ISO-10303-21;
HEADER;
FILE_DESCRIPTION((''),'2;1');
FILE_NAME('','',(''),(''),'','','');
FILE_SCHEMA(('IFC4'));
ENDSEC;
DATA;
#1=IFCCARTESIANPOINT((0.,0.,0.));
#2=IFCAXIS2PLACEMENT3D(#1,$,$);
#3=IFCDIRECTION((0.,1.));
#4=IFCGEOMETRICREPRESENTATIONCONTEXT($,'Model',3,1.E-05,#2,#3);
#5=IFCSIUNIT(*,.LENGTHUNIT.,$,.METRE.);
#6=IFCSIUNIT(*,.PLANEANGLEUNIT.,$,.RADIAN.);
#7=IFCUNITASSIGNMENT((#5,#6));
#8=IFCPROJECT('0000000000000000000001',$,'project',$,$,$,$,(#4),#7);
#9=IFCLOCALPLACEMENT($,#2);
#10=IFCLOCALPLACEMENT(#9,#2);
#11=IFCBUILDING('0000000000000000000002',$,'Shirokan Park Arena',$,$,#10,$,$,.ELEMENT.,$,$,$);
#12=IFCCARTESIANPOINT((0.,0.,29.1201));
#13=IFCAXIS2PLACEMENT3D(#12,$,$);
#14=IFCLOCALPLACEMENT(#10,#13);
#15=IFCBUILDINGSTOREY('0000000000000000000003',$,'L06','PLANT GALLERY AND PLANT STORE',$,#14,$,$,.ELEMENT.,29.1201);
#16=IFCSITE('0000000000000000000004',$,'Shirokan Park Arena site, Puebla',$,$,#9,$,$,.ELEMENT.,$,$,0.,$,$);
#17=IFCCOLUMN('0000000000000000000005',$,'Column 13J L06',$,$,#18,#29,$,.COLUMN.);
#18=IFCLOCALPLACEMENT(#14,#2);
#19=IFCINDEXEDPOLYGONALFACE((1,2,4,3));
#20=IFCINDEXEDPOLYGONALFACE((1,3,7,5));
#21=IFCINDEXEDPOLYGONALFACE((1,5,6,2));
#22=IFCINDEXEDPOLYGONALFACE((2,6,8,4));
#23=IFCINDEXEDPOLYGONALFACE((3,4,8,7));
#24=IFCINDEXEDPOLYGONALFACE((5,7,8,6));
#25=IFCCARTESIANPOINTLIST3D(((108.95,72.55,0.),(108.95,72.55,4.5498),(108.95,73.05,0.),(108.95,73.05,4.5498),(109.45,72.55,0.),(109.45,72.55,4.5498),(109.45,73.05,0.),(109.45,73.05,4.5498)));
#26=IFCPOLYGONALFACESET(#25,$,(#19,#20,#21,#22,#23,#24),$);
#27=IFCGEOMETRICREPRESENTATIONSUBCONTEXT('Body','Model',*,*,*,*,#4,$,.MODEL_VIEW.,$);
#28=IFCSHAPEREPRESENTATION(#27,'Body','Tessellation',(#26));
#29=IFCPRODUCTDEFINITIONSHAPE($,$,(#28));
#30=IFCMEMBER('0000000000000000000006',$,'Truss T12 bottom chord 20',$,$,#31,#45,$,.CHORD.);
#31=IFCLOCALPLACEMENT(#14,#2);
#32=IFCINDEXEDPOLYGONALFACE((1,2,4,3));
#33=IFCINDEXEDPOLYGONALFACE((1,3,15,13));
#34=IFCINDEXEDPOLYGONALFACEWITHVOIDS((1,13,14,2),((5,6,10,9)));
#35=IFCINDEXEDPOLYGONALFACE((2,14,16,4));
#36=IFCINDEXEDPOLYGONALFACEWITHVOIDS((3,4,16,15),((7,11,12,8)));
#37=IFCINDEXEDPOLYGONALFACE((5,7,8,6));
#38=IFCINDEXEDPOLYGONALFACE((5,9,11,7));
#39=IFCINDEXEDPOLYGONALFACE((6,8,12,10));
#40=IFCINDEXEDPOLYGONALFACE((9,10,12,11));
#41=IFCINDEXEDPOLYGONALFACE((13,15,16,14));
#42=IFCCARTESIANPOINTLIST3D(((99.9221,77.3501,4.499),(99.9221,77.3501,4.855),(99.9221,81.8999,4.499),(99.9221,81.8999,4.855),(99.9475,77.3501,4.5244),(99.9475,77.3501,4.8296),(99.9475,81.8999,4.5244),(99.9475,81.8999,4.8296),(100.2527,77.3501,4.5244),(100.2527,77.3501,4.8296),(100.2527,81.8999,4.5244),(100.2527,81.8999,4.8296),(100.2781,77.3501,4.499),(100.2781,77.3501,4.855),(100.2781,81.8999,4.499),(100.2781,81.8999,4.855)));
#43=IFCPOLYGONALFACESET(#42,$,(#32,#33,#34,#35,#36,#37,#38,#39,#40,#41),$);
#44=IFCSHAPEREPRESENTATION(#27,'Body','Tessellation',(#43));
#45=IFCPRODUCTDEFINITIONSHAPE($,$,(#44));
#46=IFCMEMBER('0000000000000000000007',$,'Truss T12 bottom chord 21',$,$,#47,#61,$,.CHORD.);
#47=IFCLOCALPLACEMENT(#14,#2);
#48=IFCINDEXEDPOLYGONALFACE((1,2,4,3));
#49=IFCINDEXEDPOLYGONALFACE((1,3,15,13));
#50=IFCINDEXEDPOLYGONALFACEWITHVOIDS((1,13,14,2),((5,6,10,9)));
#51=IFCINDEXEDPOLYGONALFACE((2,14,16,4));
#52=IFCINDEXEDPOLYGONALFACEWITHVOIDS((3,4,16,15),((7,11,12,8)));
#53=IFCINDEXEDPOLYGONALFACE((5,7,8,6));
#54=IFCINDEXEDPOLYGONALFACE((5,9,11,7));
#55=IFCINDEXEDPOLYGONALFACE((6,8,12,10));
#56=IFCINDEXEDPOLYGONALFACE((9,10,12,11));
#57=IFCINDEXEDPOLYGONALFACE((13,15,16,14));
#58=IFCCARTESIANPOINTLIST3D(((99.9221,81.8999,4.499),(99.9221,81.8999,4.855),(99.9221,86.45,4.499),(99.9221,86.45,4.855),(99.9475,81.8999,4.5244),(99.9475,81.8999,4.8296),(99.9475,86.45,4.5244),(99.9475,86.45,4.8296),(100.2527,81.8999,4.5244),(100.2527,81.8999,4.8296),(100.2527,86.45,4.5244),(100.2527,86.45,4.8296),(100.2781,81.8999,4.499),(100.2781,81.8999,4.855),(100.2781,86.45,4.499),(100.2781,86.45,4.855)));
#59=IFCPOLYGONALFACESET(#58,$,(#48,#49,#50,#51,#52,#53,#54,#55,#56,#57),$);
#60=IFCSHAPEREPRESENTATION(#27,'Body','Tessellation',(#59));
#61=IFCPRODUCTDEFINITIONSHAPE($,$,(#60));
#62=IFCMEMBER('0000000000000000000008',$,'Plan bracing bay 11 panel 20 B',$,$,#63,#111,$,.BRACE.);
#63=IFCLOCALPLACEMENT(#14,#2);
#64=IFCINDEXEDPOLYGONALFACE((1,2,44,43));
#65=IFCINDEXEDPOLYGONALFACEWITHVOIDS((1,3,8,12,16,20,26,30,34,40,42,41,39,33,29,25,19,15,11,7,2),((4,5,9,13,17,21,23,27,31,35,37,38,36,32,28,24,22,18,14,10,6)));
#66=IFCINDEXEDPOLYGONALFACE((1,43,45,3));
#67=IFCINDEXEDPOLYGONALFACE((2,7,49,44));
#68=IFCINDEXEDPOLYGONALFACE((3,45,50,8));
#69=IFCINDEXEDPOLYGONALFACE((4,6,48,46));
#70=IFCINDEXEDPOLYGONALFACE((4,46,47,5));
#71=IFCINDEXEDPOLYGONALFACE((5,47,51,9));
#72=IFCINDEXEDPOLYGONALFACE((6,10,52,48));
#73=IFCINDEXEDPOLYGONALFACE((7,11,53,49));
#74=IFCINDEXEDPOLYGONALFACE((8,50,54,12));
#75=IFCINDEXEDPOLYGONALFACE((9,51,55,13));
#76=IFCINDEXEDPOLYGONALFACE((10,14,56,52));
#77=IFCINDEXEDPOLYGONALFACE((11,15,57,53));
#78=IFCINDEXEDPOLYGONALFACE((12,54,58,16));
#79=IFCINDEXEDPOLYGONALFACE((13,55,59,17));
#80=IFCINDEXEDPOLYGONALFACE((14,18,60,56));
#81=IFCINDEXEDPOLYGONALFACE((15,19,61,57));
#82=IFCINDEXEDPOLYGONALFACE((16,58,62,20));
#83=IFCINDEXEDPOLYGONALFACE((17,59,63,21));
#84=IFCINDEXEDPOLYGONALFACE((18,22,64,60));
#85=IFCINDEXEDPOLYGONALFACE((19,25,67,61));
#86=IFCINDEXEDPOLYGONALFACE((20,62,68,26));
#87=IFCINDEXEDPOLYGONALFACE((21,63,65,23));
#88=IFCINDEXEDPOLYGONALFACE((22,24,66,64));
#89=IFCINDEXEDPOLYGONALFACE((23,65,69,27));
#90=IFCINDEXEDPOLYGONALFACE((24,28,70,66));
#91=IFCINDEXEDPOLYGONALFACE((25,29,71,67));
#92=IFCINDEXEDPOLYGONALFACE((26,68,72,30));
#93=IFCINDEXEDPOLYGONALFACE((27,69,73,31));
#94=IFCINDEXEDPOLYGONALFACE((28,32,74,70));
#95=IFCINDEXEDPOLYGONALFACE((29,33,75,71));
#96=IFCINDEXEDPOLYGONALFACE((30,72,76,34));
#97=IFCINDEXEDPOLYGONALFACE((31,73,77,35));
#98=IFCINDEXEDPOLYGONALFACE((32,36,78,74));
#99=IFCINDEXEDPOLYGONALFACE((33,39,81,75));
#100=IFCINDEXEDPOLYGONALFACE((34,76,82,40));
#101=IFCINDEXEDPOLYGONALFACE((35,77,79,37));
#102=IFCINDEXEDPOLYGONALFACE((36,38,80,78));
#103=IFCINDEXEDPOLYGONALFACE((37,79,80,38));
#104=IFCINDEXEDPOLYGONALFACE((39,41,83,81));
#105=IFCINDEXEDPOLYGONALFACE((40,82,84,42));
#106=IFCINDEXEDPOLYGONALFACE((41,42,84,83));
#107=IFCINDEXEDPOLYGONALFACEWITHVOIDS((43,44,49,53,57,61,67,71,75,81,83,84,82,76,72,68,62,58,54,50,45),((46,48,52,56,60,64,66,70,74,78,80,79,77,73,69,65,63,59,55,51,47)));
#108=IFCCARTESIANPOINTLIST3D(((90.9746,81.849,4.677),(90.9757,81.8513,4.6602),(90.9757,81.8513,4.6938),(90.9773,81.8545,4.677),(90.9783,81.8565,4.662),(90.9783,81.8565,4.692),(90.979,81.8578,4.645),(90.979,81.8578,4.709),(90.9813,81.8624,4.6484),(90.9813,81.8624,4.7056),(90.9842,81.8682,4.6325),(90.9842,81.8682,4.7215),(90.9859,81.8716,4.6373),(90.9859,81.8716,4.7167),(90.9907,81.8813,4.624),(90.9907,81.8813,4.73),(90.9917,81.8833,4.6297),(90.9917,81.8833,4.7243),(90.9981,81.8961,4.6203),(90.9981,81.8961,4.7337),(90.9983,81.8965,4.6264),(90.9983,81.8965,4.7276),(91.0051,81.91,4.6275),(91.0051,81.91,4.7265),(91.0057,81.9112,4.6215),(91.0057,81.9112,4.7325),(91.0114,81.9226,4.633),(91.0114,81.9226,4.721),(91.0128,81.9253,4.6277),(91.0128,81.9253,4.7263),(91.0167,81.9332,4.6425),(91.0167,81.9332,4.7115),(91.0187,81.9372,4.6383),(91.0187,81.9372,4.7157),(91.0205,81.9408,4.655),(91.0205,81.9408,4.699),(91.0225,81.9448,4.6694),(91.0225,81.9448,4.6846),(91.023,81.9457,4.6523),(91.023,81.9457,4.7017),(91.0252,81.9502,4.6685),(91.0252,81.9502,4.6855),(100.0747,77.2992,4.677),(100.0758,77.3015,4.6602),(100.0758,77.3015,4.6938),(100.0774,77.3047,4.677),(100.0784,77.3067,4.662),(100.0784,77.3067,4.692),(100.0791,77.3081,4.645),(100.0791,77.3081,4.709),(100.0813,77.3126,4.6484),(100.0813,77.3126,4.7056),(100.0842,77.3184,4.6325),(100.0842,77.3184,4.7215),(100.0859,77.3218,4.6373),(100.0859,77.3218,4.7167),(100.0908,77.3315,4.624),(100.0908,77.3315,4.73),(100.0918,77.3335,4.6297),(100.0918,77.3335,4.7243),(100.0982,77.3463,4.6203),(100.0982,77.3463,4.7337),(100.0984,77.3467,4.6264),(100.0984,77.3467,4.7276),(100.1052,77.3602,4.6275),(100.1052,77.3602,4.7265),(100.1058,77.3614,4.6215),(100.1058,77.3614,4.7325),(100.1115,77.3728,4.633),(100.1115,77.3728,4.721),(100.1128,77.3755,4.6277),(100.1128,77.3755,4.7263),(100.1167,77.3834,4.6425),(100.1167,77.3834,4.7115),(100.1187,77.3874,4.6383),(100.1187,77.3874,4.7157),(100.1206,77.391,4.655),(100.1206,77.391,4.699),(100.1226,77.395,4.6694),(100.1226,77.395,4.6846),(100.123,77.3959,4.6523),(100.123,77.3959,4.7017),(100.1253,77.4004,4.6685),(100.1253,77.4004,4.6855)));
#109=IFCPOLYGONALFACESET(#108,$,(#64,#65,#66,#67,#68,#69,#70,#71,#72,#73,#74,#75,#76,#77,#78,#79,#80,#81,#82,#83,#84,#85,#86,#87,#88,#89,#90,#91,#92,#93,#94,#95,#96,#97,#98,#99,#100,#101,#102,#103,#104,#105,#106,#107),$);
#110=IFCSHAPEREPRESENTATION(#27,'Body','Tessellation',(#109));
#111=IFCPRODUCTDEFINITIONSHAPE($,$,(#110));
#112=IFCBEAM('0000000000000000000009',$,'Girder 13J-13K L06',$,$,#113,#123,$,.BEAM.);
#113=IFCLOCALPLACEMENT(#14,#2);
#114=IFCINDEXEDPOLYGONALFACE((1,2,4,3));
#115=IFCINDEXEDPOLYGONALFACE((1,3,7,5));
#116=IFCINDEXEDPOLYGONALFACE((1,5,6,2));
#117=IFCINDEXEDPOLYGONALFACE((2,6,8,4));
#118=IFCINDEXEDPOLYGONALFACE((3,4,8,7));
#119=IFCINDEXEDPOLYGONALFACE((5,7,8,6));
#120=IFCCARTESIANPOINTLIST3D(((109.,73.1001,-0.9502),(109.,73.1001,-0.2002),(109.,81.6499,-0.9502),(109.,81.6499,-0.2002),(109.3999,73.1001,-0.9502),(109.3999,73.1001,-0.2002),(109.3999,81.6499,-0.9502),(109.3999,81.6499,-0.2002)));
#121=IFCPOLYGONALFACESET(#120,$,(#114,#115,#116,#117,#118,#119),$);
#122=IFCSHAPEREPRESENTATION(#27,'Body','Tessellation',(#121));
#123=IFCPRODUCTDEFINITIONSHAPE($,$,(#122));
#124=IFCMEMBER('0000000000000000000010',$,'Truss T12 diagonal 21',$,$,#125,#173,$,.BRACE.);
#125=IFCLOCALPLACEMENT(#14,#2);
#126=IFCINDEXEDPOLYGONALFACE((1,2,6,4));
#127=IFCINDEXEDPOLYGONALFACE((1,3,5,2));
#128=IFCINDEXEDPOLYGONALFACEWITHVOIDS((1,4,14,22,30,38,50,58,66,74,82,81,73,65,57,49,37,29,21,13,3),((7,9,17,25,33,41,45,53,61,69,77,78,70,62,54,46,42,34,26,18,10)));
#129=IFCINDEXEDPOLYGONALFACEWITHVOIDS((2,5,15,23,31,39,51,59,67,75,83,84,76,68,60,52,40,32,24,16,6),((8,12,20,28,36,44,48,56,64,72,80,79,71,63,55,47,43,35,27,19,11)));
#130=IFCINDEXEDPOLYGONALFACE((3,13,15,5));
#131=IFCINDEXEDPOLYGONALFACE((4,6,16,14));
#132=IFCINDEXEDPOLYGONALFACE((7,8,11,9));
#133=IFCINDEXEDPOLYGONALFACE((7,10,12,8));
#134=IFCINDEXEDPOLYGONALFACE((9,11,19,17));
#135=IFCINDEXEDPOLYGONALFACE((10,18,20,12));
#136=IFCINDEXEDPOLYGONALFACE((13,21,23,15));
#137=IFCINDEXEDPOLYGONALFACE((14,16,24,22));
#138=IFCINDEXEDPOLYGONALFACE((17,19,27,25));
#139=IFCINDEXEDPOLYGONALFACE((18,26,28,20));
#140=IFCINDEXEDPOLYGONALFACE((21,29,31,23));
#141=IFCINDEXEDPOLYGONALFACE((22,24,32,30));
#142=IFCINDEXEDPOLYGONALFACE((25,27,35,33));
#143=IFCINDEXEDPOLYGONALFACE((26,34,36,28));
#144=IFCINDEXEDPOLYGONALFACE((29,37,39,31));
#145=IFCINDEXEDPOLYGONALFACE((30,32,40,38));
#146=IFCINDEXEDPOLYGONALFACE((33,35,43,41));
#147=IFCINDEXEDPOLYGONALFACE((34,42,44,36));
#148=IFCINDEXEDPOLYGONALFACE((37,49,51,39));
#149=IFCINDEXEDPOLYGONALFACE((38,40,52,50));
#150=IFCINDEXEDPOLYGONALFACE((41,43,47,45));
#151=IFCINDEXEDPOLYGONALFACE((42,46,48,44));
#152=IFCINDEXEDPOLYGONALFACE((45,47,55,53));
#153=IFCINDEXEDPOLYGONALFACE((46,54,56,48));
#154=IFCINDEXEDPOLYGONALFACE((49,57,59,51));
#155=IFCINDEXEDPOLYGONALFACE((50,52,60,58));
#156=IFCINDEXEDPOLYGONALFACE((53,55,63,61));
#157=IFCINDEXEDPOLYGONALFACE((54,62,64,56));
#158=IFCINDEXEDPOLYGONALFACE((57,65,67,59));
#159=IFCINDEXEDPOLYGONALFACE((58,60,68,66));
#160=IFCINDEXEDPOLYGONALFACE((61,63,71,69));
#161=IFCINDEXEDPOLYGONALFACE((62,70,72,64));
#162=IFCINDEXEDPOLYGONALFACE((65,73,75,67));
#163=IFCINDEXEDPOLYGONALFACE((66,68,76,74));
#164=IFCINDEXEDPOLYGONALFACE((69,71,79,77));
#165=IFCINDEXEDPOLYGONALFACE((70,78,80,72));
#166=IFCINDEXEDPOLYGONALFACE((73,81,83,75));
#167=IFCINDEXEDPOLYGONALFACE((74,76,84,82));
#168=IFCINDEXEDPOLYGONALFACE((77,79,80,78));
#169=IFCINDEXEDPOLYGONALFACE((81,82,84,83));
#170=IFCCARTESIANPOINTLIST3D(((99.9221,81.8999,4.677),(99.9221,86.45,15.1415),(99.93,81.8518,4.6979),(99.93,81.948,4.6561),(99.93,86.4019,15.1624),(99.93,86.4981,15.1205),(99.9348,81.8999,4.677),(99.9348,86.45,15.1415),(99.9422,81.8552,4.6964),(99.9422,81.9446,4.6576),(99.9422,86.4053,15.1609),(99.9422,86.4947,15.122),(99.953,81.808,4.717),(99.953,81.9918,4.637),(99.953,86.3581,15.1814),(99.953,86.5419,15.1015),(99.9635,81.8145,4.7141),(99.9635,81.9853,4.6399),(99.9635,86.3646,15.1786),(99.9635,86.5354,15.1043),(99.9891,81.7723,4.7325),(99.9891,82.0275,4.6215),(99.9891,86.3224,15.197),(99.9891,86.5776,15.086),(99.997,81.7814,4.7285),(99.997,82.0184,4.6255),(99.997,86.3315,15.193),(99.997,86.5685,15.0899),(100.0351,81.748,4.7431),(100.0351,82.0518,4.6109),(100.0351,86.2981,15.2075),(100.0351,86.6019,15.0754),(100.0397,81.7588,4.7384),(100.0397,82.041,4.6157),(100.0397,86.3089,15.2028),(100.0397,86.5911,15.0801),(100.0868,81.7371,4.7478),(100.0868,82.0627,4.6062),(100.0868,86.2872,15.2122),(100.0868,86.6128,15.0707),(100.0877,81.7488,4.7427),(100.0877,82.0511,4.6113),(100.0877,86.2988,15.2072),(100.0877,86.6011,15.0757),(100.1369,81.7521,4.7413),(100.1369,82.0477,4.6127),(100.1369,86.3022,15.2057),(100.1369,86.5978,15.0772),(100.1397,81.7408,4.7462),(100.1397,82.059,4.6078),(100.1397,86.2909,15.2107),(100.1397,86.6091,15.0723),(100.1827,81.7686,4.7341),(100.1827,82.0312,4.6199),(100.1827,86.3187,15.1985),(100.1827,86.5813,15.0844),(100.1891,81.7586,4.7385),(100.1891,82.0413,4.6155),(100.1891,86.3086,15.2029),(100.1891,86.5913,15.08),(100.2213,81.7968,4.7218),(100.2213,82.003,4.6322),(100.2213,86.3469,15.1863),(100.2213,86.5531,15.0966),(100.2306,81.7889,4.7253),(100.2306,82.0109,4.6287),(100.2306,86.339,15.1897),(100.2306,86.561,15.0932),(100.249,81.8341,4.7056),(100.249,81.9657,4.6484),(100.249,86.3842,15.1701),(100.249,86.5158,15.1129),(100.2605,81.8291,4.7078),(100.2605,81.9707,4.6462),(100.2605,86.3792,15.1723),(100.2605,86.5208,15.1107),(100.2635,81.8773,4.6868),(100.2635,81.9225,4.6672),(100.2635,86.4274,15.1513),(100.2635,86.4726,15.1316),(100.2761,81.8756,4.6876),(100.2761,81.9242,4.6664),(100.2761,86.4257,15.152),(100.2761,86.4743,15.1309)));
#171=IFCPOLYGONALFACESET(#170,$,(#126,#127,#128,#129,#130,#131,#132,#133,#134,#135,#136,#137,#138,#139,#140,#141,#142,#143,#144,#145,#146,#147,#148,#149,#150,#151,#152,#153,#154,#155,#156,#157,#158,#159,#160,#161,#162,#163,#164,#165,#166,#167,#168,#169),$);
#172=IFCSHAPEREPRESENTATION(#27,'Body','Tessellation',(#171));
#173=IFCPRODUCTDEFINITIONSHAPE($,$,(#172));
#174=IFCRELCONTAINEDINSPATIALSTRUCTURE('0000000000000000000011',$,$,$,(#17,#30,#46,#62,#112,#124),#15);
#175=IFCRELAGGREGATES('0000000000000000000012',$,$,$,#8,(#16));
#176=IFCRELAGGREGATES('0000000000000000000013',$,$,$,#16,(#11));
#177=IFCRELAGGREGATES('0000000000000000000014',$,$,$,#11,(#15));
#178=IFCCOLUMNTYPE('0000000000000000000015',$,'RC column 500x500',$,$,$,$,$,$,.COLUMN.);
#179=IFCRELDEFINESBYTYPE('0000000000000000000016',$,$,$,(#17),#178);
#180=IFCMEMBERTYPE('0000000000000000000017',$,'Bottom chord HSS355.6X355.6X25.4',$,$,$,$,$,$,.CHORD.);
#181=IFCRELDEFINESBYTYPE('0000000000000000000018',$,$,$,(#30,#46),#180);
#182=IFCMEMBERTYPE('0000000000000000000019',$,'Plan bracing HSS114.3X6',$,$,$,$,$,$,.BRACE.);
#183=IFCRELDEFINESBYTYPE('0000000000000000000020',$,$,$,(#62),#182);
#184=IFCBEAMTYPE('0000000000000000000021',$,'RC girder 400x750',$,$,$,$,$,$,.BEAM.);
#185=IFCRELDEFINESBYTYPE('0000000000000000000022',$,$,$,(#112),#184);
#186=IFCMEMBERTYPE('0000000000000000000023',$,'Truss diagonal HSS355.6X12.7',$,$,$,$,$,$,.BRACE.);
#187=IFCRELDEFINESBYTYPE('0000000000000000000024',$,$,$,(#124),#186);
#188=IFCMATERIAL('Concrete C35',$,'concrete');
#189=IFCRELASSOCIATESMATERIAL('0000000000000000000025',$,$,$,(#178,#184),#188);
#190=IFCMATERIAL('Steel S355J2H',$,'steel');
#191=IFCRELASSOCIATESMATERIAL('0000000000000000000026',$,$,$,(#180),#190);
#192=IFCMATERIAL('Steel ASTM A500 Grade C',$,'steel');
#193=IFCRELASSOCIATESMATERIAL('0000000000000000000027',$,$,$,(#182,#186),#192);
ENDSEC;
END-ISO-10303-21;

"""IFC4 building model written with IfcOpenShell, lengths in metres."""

from ifc_helpers import new_model, si_unit, direction, frame, origin, origin_2d, place, context, subcontext, project, spatial, rectangle, hollow_rectangle, hollow_circle, extrude, material, material_profile, profile_set, type_object, element, save


model = new_model("IFC4")

# Units and contexts
model_context = context("Model", 3, precision=1e-05, world=origin(), true_north=direction((0.0, 1.0)))
body_context = subcontext(model_context, "Body", "Model", "MODEL_VIEW")
ifc_project = project(units=[si_unit("LENGTHUNIT", "METRE"), si_unit("PLANEANGLEUNIT", "RADIAN")], contexts=[model_context])

# Site, building, storey
site_placement = place(None, origin())
site = spatial("IfcSite", under=ifc_project, at=site_placement, Name="Shirokan Park Arena site, Puebla", CompositionType="ELEMENT", RefElevation=0.0)
building_placement = place(site_placement, origin())
building = spatial("IfcBuilding", under=site, at=building_placement, Name="Shirokan Park Arena", CompositionType="ELEMENT")
storey_placement = place(building_placement, frame((0.0, 0.0, 29.1201)))
storey = spatial("IfcBuildingStorey", under=building, at=storey_placement, Name="L06", Description="PLANT GALLERY AND PLANT STORE", CompositionType="ELEMENT", Elevation=29.1201)

# Column
ifc_material_1 = material(Name="Concrete C35", Category="concrete")
ifc_material_profile_1 = material_profile(ifc_material_1, rectangle(XDim=0.5, YDim=0.5, at=origin_2d()), Name="500x500")
ifc_profile_set_1 = profile_set([ifc_material_profile_1], Name="Concrete C35")
column_type = type_object("IfcColumnType", Name="RC column 500x500", PredefinedType="COLUMN", material=ifc_profile_set_1)
column_placement = place(storey_placement, frame((109.2, 72.8, 0.0), z_axis=(0.0, 0.0, 1.0), x_axis=(1.0, 0.0, 0.0)))
element("IfcColumn", 1, at=column_placement, inside=storey, type_object=column_type, Name="Column 13J L06", PredefinedType="COLUMN", context=body_context, shape_type="SweptSolid", body=[
    extrude(rectangle(XDim=0.5, YDim=0.5, at=origin_2d()), origin(), (0.0, 0.0, 1.0), 4.5498),
])

# Members
ifc_material_2 = material(Name="Steel S355J2H", Category="steel")
ifc_material_profile_2 = material_profile(ifc_material_2, hollow_rectangle(XDim=0.356, YDim=0.356, WallThickness=0.0254, at=origin_2d()), Name="HSS355.6X355.6X25.4")
ifc_profile_set_2 = profile_set([ifc_material_profile_2], Name="Steel S355J2H")
member_type_1 = type_object("IfcMemberType", Name="Bottom chord HSS355.6X355.6X25.4", PredefinedType="CHORD", material=ifc_profile_set_2)
member_1_placement = place(storey_placement, frame((100.1001, 77.3501, 4.677), z_axis=(0.0, 1.0, 0.0), x_axis=(-1.0, 0.0, 0.0)))
element("IfcMember", 2, at=member_1_placement, inside=storey, type_object=member_type_1, Name="Truss T12 bottom chord 20", PredefinedType="CHORD", context=body_context, shape_type="SweptSolid", body=[
    extrude(hollow_rectangle(XDim=0.356, YDim=0.356, WallThickness=0.0254, at=origin_2d()), origin(), (0.0, 0.0, 1.0), 4.5498),
])
member_2_placement = place(storey_placement, frame((100.1001, 81.8999, 4.677), z_axis=(0.0, 1.0, 0.0), x_axis=(-1.0, 0.0, 0.0)))
element("IfcMember", 3, at=member_2_placement, inside=storey, type_object=member_type_1, Name="Truss T12 bottom chord 21", PredefinedType="CHORD", context=body_context, shape_type="SweptSolid", body=[
    extrude(hollow_rectangle(XDim=0.356, YDim=0.356, WallThickness=0.0254, at=origin_2d()), origin(), (0.0, 0.0, 1.0), 4.55),
])
ifc_material_3 = material(Name="Steel ASTM A500 Grade C", Category="steel")
ifc_material_profile_3 = material_profile(ifc_material_3, hollow_circle(Radius=0.0569, WallThickness=0.0061, at=origin_2d()), Name="HSS114.3X6")
ifc_profile_set_3 = profile_set([ifc_material_profile_3], Name="Steel ASTM A500 Grade C")
member_type_2 = type_object("IfcMemberType", Name="Plan bracing HSS114.3X6", PredefinedType="BRACE", material=ifc_profile_set_3)
member_3_placement = place(storey_placement, frame((100.1001, 77.3501, 4.677), z_axis=(-0.894437, 0.447194, 0.0), x_axis=(-0.447194, -0.894437, 0.0)))
element("IfcMember", 4, at=member_3_placement, inside=storey, type_object=member_type_2, Name="Plan bracing bay 11 panel 20 B", PredefinedType="BRACE", context=body_context, shape_type="SweptSolid", body=[
    extrude(hollow_circle(Radius=0.0569, WallThickness=0.0061, at=origin_2d()), origin(), (0.0, 0.0, 1.0), 10.1741),
])

# Beam
ifc_material_profile_4 = material_profile(ifc_material_1, rectangle(XDim=0.3999, YDim=0.75, at=origin_2d()), Name="400x750")
ifc_profile_set_4 = profile_set([ifc_material_profile_4], Name="Concrete C35")
beam_type = type_object("IfcBeamType", Name="RC girder 400x750", PredefinedType="BEAM", material=ifc_profile_set_4)
beam_placement = place(storey_placement, frame((109.2, 73.1001, -0.5752), z_axis=(0.0, 1.0, 0.0), x_axis=(-1.0, 0.0, 0.0)))
element("IfcBeam", 5, at=beam_placement, inside=storey, type_object=beam_type, Name="Girder 13J-13K L06", PredefinedType="BEAM", context=body_context, shape_type="SweptSolid", body=[
    extrude(rectangle(XDim=0.3999, YDim=0.75, at=origin_2d()), origin(), (0.0, 0.0, 1.0), 8.5498),
])

# Member
ifc_material_profile_5 = material_profile(ifc_material_3, hollow_circle(Radius=0.178, WallThickness=0.0127, at=origin_2d()), Name="HSS355.6X12.7")
ifc_profile_set_5 = profile_set([ifc_material_profile_5], Name="Steel ASTM A500 Grade C")
member_type_3 = type_object("IfcMemberType", Name="Truss diagonal HSS355.6X12.7", PredefinedType="BRACE", material=ifc_profile_set_5)
member_4_placement = place(storey_placement, frame((100.1001, 81.8999, 4.677), z_axis=(0.0, 0.39875, 0.91706), x_axis=(-1.0, 0.0, 0.0)))
element("IfcMember", 6, at=member_4_placement, inside=storey, type_object=member_type_3, Name="Truss T12 diagonal 21", PredefinedType="BRACE", context=body_context, shape_type="SweptSolid", body=[
    extrude(hollow_circle(Radius=0.178, WallThickness=0.0127, at=origin_2d()), origin(), (0.0, 0.0, 1.0), 11.4109),
])

save(model, "model.ifc")
